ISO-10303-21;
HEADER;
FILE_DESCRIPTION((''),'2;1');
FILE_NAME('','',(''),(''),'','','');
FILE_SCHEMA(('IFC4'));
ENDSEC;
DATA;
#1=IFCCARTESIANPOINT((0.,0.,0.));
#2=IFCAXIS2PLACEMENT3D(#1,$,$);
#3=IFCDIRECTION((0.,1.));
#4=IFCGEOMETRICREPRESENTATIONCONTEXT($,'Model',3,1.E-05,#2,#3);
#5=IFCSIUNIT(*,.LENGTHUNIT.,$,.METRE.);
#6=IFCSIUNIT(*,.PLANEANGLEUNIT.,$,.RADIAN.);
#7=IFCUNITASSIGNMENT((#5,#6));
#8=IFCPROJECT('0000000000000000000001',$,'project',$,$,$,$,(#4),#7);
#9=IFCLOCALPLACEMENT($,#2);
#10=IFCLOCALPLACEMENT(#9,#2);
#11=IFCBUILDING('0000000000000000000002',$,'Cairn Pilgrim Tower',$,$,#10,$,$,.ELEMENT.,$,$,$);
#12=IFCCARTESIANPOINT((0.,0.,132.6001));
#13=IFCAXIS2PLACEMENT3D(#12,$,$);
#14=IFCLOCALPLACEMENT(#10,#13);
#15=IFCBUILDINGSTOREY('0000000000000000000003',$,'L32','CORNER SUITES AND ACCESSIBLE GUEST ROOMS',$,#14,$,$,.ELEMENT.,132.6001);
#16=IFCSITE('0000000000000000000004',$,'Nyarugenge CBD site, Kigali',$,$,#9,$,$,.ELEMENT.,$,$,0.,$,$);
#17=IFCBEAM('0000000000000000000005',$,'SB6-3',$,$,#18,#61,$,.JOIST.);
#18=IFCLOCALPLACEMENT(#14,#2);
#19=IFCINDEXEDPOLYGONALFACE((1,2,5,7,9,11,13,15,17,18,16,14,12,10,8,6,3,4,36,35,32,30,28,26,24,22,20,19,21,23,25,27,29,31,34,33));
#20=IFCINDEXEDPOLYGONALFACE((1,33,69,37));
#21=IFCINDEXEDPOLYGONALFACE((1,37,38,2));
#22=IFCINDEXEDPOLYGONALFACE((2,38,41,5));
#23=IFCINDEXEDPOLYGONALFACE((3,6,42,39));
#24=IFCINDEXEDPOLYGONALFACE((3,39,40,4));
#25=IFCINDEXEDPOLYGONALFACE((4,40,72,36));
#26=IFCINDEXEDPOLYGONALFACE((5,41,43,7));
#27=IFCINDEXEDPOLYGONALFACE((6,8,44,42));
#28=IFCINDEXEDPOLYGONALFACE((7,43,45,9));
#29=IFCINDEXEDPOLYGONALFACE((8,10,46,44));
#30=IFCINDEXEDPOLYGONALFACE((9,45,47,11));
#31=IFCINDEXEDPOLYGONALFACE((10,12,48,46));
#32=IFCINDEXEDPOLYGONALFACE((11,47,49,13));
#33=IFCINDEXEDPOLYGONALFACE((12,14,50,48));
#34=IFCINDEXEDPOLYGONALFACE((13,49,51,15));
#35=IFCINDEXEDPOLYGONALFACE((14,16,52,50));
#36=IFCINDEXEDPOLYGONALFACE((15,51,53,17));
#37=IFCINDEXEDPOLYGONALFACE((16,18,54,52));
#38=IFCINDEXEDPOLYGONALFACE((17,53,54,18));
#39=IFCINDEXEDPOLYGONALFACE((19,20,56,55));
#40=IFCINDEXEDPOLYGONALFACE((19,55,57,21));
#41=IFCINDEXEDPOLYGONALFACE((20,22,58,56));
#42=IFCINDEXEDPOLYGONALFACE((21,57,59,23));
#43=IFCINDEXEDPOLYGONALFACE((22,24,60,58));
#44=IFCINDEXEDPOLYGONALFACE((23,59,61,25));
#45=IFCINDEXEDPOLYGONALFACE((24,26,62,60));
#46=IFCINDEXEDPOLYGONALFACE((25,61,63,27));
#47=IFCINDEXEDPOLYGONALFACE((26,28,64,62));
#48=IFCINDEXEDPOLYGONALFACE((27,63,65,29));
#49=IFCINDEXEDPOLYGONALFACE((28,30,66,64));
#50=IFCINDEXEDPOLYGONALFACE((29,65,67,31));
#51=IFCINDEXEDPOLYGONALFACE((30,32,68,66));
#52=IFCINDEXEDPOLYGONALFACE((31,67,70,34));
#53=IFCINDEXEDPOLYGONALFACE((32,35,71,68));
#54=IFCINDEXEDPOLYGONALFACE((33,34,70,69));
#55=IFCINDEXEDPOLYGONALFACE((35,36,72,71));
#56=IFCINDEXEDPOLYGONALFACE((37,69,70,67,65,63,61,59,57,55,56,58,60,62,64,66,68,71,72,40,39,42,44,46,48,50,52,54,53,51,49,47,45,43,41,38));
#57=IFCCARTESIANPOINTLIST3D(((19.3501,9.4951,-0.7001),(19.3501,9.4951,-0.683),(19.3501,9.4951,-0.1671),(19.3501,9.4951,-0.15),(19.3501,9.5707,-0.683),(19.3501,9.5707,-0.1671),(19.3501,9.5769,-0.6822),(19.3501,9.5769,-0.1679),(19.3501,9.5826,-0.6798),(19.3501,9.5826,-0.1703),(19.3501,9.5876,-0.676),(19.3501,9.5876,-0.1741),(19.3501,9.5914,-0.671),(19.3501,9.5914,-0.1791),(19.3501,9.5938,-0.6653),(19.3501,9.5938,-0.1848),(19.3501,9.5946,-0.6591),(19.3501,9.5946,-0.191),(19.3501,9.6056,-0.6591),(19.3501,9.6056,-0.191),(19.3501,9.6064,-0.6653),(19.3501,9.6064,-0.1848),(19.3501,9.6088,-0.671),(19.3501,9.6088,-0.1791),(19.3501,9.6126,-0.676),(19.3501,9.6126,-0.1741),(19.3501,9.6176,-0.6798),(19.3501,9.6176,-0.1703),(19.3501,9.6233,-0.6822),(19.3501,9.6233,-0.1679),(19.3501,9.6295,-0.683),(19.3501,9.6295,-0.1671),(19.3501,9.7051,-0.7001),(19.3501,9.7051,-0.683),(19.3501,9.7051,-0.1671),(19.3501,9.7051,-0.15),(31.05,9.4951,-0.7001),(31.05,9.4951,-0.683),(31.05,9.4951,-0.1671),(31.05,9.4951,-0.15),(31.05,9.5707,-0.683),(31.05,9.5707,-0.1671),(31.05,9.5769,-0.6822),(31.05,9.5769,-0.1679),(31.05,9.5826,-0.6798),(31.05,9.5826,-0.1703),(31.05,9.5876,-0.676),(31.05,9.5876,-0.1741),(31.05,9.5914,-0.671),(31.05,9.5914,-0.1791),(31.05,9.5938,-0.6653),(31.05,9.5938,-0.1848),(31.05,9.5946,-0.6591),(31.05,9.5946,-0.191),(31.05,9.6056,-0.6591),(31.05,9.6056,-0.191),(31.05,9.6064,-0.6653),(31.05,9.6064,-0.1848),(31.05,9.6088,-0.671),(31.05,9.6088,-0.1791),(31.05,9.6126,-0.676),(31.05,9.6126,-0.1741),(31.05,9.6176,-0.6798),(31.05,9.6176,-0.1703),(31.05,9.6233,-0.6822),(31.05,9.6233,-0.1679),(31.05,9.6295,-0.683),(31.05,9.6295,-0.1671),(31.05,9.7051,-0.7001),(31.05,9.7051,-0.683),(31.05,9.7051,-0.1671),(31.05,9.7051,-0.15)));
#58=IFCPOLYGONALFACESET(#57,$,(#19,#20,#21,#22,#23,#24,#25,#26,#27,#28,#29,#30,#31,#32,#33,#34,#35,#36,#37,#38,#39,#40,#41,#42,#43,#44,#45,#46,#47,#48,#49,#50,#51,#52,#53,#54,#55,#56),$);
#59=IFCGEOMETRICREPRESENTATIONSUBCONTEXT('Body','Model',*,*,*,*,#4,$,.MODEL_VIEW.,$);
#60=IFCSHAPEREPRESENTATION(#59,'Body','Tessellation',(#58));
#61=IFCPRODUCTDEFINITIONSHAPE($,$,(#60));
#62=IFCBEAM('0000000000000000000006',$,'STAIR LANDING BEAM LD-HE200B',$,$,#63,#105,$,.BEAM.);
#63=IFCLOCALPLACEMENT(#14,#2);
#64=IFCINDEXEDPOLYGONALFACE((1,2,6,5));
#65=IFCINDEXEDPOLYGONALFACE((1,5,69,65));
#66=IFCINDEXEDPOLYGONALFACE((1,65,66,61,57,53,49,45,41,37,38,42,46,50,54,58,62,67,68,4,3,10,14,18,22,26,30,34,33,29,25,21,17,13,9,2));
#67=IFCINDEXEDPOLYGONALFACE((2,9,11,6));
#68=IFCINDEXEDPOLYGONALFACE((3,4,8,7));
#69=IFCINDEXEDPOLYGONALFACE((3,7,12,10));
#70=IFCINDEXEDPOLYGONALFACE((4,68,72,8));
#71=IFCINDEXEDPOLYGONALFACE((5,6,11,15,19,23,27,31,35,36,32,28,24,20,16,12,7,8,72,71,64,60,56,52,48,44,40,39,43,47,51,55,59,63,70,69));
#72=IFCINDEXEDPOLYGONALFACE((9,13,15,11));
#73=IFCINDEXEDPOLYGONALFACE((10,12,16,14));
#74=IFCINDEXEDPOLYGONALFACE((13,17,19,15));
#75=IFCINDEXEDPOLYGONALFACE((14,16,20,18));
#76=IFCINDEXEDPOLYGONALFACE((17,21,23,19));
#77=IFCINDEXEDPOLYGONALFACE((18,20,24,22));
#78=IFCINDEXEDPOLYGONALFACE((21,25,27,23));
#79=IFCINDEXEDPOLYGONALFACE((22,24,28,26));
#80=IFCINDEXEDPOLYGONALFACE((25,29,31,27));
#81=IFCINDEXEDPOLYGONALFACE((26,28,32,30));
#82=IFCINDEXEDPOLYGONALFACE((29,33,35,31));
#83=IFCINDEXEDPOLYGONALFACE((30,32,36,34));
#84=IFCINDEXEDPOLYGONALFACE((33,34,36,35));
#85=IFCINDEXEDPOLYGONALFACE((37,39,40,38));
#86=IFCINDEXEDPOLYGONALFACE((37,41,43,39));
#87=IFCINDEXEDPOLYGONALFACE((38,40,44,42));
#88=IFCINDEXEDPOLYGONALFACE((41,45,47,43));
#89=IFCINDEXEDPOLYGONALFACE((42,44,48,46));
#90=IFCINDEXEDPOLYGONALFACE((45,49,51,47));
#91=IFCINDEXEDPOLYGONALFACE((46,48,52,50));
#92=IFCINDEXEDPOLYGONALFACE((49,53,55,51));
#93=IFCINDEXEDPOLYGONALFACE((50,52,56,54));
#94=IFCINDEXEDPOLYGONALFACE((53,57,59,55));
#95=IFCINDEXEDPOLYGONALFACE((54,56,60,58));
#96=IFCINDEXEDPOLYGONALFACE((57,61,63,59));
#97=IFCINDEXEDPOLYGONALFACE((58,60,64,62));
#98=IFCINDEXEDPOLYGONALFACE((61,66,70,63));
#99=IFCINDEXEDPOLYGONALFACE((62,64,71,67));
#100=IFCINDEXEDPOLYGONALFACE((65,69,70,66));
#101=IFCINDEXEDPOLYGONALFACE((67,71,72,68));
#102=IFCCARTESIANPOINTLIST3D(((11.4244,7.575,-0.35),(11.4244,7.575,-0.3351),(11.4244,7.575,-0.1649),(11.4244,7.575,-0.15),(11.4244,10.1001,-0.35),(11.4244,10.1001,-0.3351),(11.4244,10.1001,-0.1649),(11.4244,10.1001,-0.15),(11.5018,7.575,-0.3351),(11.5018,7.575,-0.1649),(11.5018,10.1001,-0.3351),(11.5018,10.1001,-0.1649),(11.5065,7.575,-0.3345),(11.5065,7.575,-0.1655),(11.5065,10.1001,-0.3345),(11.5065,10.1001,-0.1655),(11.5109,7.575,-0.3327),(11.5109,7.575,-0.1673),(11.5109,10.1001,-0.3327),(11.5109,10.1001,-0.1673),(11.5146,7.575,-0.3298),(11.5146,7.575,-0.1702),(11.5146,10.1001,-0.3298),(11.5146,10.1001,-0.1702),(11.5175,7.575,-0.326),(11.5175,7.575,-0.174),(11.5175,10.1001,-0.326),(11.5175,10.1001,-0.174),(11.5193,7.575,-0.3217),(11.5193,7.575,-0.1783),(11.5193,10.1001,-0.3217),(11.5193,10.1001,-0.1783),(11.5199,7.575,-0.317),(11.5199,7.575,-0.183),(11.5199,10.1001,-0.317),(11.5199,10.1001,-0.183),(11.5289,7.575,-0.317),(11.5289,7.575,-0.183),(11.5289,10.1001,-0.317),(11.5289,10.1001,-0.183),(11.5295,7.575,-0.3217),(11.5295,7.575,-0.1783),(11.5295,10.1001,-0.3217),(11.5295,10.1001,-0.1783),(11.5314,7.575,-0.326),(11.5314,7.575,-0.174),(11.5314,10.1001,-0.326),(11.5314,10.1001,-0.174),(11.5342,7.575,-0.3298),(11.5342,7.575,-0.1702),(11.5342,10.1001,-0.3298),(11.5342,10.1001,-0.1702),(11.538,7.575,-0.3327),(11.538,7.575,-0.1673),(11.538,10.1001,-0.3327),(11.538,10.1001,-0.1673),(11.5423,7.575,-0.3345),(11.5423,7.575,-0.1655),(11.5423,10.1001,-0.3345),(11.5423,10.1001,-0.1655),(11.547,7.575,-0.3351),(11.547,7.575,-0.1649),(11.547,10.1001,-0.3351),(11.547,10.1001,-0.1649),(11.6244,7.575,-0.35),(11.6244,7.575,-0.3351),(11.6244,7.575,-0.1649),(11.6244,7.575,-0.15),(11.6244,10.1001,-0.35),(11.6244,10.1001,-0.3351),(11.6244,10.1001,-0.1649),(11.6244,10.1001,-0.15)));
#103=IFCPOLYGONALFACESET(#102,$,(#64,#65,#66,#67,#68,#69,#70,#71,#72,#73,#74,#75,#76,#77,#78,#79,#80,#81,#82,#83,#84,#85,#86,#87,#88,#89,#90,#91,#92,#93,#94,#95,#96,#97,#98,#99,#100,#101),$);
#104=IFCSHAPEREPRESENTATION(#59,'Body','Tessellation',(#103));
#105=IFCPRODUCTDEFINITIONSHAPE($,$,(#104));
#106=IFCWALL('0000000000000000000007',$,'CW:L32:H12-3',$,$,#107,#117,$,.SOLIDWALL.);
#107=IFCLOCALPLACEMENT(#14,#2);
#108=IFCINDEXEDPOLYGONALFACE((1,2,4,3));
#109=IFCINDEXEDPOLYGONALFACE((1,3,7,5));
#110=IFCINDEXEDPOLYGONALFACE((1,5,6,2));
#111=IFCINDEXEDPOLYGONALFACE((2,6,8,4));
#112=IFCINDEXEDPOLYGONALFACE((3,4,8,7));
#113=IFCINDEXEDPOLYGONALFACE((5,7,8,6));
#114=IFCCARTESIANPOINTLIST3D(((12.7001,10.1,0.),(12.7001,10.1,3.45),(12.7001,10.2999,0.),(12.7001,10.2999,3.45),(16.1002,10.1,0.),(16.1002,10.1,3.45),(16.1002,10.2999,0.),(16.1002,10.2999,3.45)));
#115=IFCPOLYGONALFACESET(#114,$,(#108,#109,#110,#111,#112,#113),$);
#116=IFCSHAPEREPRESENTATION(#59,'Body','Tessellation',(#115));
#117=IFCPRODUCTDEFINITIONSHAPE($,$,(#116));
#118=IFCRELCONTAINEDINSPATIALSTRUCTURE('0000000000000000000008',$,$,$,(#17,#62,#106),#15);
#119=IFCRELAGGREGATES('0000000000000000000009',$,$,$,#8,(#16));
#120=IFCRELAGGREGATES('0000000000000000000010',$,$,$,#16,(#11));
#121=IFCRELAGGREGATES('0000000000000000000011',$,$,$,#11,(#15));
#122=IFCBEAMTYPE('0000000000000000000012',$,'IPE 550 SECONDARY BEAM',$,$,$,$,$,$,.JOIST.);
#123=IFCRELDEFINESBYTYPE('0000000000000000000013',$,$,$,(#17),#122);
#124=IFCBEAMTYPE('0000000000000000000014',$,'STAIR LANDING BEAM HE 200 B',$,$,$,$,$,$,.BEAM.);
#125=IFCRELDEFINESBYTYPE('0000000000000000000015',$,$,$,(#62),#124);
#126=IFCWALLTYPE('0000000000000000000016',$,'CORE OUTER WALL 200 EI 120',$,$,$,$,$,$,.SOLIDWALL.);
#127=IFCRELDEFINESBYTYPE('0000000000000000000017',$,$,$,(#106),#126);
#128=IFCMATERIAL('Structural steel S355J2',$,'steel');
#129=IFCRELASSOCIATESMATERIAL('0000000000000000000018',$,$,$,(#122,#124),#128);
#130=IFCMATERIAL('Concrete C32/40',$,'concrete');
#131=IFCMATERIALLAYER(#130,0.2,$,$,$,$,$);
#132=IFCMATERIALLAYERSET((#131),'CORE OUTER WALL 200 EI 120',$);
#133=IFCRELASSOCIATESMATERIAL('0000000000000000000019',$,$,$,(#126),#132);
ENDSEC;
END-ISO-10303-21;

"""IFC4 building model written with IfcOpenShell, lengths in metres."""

from ifc_helpers import new_model, si_unit, direction, frame, frame_2d, origin, origin_2d, place, context, subcontext, project, spatial, rectangle, i_section, extrude, material, layer, layer_set, material_profile, profile_set, type_object, element, save


model = new_model("IFC4")

# Units and contexts
model_context = context("Model", 3, precision=1e-05, world=origin(), true_north=direction((0.0, 1.0)))
body_context = subcontext(model_context, "Body", "Model", "MODEL_VIEW")
ifc_project = project(units=[si_unit("LENGTHUNIT", "METRE"), si_unit("PLANEANGLEUNIT", "RADIAN")], contexts=[model_context])

# Site, building, storey
site_placement = place(None, origin())
site = spatial("IfcSite", under=ifc_project, at=site_placement, Name="Nyarugenge CBD site, Kigali", CompositionType="ELEMENT", RefElevation=0.0)
building_placement = place(site_placement, origin())
building = spatial("IfcBuilding", under=site, at=building_placement, Name="Cairn Pilgrim Tower", CompositionType="ELEMENT")
storey_placement = place(building_placement, frame((0.0, 0.0, 132.6001)))
storey = spatial("IfcBuildingStorey", under=building, at=storey_placement, Name="L32", Description="CORNER SUITES AND ACCESSIBLE GUEST ROOMS", CompositionType="ELEMENT", Elevation=132.6001)

# Beams
ifc_material_1 = material(Name="Structural steel S355J2", Category="steel")
ifc_material_profile_1 = material_profile(ifc_material_1, i_section(OverallWidth=0.21, OverallDepth=0.55, WebThickness=0.011, FlangeThickness=0.0171, FilletRadius=0.0239, at=origin_2d()), Name="IPE 550")
ifc_profile_set_1 = profile_set([ifc_material_profile_1], Name="Structural steel S355J2")
beam_type_1 = type_object("IfcBeamType", Name="IPE 550 SECONDARY BEAM", PredefinedType="JOIST", material=ifc_profile_set_1)
for number, where, z_axis, x_axis, name in (
    (1, (19.3501, 9.6001, -0.425), (1.0, 0.0, 0.0), (0.0, 1.0, 0.0), "SB6-3"),
):
    element("IfcBeam", number, at=place(storey_placement, frame(where, z_axis=z_axis, x_axis=x_axis)), inside=storey, type_object=beam_type_1, Name=name, PredefinedType="JOIST", context=body_context, shape_type="SweptSolid", body=[
        extrude(i_section(OverallWidth=0.21, OverallDepth=0.55, WebThickness=0.011, FlangeThickness=0.0171, FilletRadius=0.0239, at=origin_2d()), origin(), (0.0, 0.0, 1.0), 11.7),
    ])
ifc_material_profile_2 = material_profile(ifc_material_1, i_section(OverallWidth=0.2, OverallDepth=0.2, WebThickness=0.009, FlangeThickness=0.0149, FilletRadius=0.0181, at=origin_2d()), Name="HE 200 B")
ifc_profile_set_2 = profile_set([ifc_material_profile_2], Name="Structural steel S355J2")
beam_type_2 = type_object("IfcBeamType", Name="STAIR LANDING BEAM HE 200 B", PredefinedType="BEAM", material=ifc_profile_set_2)
beam_1_placement = place(storey_placement, frame((11.5244, 10.1001, -0.25), z_axis=(0.0, -1.0, 0.0), x_axis=(1.0, 0.0, 0.0)))
element("IfcBeam", 2, at=beam_1_placement, inside=storey, type_object=beam_type_2, Name="STAIR LANDING BEAM LD-HE200B", PredefinedType="BEAM", context=body_context, shape_type="SweptSolid", body=[
    extrude(i_section(OverallWidth=0.2, OverallDepth=0.2, WebThickness=0.009, FlangeThickness=0.0149, FilletRadius=0.0181, at=origin_2d()), origin(), (0.0, 0.0, 1.0), 2.5251),
])

# Wall
ifc_material_2 = material(Name="Concrete C32/40", Category="concrete")
ifc_layer_1 = layer(ifc_material_2, 0.2)
ifc_layer_set_1 = layer_set([ifc_layer_1], Name="CORE OUTER WALL 200 EI 120")
wall_type_1 = type_object("IfcWallType", Name="CORE OUTER WALL 200 EI 120", PredefinedType="SOLIDWALL", material=ifc_layer_set_1)
wall_1_placement = place(storey_placement, frame((12.7, 10.2, 0.0), z_axis=(0.0, 0.0, 1.0), x_axis=(1.0, 0.0, 0.0)))
element("IfcWall", 3, at=wall_1_placement, inside=storey, type_object=wall_type_1, Name="CW:L32:H12-3", PredefinedType="SOLIDWALL", context=body_context, shape_type="SweptSolid", body=[
    extrude(rectangle(XDim=3.4001, YDim=0.2, at=frame_2d((1.7002, 0.0))), origin(), (0.0, 0.0, 1.0), 3.45),
])

save(model, "model.ifc")
